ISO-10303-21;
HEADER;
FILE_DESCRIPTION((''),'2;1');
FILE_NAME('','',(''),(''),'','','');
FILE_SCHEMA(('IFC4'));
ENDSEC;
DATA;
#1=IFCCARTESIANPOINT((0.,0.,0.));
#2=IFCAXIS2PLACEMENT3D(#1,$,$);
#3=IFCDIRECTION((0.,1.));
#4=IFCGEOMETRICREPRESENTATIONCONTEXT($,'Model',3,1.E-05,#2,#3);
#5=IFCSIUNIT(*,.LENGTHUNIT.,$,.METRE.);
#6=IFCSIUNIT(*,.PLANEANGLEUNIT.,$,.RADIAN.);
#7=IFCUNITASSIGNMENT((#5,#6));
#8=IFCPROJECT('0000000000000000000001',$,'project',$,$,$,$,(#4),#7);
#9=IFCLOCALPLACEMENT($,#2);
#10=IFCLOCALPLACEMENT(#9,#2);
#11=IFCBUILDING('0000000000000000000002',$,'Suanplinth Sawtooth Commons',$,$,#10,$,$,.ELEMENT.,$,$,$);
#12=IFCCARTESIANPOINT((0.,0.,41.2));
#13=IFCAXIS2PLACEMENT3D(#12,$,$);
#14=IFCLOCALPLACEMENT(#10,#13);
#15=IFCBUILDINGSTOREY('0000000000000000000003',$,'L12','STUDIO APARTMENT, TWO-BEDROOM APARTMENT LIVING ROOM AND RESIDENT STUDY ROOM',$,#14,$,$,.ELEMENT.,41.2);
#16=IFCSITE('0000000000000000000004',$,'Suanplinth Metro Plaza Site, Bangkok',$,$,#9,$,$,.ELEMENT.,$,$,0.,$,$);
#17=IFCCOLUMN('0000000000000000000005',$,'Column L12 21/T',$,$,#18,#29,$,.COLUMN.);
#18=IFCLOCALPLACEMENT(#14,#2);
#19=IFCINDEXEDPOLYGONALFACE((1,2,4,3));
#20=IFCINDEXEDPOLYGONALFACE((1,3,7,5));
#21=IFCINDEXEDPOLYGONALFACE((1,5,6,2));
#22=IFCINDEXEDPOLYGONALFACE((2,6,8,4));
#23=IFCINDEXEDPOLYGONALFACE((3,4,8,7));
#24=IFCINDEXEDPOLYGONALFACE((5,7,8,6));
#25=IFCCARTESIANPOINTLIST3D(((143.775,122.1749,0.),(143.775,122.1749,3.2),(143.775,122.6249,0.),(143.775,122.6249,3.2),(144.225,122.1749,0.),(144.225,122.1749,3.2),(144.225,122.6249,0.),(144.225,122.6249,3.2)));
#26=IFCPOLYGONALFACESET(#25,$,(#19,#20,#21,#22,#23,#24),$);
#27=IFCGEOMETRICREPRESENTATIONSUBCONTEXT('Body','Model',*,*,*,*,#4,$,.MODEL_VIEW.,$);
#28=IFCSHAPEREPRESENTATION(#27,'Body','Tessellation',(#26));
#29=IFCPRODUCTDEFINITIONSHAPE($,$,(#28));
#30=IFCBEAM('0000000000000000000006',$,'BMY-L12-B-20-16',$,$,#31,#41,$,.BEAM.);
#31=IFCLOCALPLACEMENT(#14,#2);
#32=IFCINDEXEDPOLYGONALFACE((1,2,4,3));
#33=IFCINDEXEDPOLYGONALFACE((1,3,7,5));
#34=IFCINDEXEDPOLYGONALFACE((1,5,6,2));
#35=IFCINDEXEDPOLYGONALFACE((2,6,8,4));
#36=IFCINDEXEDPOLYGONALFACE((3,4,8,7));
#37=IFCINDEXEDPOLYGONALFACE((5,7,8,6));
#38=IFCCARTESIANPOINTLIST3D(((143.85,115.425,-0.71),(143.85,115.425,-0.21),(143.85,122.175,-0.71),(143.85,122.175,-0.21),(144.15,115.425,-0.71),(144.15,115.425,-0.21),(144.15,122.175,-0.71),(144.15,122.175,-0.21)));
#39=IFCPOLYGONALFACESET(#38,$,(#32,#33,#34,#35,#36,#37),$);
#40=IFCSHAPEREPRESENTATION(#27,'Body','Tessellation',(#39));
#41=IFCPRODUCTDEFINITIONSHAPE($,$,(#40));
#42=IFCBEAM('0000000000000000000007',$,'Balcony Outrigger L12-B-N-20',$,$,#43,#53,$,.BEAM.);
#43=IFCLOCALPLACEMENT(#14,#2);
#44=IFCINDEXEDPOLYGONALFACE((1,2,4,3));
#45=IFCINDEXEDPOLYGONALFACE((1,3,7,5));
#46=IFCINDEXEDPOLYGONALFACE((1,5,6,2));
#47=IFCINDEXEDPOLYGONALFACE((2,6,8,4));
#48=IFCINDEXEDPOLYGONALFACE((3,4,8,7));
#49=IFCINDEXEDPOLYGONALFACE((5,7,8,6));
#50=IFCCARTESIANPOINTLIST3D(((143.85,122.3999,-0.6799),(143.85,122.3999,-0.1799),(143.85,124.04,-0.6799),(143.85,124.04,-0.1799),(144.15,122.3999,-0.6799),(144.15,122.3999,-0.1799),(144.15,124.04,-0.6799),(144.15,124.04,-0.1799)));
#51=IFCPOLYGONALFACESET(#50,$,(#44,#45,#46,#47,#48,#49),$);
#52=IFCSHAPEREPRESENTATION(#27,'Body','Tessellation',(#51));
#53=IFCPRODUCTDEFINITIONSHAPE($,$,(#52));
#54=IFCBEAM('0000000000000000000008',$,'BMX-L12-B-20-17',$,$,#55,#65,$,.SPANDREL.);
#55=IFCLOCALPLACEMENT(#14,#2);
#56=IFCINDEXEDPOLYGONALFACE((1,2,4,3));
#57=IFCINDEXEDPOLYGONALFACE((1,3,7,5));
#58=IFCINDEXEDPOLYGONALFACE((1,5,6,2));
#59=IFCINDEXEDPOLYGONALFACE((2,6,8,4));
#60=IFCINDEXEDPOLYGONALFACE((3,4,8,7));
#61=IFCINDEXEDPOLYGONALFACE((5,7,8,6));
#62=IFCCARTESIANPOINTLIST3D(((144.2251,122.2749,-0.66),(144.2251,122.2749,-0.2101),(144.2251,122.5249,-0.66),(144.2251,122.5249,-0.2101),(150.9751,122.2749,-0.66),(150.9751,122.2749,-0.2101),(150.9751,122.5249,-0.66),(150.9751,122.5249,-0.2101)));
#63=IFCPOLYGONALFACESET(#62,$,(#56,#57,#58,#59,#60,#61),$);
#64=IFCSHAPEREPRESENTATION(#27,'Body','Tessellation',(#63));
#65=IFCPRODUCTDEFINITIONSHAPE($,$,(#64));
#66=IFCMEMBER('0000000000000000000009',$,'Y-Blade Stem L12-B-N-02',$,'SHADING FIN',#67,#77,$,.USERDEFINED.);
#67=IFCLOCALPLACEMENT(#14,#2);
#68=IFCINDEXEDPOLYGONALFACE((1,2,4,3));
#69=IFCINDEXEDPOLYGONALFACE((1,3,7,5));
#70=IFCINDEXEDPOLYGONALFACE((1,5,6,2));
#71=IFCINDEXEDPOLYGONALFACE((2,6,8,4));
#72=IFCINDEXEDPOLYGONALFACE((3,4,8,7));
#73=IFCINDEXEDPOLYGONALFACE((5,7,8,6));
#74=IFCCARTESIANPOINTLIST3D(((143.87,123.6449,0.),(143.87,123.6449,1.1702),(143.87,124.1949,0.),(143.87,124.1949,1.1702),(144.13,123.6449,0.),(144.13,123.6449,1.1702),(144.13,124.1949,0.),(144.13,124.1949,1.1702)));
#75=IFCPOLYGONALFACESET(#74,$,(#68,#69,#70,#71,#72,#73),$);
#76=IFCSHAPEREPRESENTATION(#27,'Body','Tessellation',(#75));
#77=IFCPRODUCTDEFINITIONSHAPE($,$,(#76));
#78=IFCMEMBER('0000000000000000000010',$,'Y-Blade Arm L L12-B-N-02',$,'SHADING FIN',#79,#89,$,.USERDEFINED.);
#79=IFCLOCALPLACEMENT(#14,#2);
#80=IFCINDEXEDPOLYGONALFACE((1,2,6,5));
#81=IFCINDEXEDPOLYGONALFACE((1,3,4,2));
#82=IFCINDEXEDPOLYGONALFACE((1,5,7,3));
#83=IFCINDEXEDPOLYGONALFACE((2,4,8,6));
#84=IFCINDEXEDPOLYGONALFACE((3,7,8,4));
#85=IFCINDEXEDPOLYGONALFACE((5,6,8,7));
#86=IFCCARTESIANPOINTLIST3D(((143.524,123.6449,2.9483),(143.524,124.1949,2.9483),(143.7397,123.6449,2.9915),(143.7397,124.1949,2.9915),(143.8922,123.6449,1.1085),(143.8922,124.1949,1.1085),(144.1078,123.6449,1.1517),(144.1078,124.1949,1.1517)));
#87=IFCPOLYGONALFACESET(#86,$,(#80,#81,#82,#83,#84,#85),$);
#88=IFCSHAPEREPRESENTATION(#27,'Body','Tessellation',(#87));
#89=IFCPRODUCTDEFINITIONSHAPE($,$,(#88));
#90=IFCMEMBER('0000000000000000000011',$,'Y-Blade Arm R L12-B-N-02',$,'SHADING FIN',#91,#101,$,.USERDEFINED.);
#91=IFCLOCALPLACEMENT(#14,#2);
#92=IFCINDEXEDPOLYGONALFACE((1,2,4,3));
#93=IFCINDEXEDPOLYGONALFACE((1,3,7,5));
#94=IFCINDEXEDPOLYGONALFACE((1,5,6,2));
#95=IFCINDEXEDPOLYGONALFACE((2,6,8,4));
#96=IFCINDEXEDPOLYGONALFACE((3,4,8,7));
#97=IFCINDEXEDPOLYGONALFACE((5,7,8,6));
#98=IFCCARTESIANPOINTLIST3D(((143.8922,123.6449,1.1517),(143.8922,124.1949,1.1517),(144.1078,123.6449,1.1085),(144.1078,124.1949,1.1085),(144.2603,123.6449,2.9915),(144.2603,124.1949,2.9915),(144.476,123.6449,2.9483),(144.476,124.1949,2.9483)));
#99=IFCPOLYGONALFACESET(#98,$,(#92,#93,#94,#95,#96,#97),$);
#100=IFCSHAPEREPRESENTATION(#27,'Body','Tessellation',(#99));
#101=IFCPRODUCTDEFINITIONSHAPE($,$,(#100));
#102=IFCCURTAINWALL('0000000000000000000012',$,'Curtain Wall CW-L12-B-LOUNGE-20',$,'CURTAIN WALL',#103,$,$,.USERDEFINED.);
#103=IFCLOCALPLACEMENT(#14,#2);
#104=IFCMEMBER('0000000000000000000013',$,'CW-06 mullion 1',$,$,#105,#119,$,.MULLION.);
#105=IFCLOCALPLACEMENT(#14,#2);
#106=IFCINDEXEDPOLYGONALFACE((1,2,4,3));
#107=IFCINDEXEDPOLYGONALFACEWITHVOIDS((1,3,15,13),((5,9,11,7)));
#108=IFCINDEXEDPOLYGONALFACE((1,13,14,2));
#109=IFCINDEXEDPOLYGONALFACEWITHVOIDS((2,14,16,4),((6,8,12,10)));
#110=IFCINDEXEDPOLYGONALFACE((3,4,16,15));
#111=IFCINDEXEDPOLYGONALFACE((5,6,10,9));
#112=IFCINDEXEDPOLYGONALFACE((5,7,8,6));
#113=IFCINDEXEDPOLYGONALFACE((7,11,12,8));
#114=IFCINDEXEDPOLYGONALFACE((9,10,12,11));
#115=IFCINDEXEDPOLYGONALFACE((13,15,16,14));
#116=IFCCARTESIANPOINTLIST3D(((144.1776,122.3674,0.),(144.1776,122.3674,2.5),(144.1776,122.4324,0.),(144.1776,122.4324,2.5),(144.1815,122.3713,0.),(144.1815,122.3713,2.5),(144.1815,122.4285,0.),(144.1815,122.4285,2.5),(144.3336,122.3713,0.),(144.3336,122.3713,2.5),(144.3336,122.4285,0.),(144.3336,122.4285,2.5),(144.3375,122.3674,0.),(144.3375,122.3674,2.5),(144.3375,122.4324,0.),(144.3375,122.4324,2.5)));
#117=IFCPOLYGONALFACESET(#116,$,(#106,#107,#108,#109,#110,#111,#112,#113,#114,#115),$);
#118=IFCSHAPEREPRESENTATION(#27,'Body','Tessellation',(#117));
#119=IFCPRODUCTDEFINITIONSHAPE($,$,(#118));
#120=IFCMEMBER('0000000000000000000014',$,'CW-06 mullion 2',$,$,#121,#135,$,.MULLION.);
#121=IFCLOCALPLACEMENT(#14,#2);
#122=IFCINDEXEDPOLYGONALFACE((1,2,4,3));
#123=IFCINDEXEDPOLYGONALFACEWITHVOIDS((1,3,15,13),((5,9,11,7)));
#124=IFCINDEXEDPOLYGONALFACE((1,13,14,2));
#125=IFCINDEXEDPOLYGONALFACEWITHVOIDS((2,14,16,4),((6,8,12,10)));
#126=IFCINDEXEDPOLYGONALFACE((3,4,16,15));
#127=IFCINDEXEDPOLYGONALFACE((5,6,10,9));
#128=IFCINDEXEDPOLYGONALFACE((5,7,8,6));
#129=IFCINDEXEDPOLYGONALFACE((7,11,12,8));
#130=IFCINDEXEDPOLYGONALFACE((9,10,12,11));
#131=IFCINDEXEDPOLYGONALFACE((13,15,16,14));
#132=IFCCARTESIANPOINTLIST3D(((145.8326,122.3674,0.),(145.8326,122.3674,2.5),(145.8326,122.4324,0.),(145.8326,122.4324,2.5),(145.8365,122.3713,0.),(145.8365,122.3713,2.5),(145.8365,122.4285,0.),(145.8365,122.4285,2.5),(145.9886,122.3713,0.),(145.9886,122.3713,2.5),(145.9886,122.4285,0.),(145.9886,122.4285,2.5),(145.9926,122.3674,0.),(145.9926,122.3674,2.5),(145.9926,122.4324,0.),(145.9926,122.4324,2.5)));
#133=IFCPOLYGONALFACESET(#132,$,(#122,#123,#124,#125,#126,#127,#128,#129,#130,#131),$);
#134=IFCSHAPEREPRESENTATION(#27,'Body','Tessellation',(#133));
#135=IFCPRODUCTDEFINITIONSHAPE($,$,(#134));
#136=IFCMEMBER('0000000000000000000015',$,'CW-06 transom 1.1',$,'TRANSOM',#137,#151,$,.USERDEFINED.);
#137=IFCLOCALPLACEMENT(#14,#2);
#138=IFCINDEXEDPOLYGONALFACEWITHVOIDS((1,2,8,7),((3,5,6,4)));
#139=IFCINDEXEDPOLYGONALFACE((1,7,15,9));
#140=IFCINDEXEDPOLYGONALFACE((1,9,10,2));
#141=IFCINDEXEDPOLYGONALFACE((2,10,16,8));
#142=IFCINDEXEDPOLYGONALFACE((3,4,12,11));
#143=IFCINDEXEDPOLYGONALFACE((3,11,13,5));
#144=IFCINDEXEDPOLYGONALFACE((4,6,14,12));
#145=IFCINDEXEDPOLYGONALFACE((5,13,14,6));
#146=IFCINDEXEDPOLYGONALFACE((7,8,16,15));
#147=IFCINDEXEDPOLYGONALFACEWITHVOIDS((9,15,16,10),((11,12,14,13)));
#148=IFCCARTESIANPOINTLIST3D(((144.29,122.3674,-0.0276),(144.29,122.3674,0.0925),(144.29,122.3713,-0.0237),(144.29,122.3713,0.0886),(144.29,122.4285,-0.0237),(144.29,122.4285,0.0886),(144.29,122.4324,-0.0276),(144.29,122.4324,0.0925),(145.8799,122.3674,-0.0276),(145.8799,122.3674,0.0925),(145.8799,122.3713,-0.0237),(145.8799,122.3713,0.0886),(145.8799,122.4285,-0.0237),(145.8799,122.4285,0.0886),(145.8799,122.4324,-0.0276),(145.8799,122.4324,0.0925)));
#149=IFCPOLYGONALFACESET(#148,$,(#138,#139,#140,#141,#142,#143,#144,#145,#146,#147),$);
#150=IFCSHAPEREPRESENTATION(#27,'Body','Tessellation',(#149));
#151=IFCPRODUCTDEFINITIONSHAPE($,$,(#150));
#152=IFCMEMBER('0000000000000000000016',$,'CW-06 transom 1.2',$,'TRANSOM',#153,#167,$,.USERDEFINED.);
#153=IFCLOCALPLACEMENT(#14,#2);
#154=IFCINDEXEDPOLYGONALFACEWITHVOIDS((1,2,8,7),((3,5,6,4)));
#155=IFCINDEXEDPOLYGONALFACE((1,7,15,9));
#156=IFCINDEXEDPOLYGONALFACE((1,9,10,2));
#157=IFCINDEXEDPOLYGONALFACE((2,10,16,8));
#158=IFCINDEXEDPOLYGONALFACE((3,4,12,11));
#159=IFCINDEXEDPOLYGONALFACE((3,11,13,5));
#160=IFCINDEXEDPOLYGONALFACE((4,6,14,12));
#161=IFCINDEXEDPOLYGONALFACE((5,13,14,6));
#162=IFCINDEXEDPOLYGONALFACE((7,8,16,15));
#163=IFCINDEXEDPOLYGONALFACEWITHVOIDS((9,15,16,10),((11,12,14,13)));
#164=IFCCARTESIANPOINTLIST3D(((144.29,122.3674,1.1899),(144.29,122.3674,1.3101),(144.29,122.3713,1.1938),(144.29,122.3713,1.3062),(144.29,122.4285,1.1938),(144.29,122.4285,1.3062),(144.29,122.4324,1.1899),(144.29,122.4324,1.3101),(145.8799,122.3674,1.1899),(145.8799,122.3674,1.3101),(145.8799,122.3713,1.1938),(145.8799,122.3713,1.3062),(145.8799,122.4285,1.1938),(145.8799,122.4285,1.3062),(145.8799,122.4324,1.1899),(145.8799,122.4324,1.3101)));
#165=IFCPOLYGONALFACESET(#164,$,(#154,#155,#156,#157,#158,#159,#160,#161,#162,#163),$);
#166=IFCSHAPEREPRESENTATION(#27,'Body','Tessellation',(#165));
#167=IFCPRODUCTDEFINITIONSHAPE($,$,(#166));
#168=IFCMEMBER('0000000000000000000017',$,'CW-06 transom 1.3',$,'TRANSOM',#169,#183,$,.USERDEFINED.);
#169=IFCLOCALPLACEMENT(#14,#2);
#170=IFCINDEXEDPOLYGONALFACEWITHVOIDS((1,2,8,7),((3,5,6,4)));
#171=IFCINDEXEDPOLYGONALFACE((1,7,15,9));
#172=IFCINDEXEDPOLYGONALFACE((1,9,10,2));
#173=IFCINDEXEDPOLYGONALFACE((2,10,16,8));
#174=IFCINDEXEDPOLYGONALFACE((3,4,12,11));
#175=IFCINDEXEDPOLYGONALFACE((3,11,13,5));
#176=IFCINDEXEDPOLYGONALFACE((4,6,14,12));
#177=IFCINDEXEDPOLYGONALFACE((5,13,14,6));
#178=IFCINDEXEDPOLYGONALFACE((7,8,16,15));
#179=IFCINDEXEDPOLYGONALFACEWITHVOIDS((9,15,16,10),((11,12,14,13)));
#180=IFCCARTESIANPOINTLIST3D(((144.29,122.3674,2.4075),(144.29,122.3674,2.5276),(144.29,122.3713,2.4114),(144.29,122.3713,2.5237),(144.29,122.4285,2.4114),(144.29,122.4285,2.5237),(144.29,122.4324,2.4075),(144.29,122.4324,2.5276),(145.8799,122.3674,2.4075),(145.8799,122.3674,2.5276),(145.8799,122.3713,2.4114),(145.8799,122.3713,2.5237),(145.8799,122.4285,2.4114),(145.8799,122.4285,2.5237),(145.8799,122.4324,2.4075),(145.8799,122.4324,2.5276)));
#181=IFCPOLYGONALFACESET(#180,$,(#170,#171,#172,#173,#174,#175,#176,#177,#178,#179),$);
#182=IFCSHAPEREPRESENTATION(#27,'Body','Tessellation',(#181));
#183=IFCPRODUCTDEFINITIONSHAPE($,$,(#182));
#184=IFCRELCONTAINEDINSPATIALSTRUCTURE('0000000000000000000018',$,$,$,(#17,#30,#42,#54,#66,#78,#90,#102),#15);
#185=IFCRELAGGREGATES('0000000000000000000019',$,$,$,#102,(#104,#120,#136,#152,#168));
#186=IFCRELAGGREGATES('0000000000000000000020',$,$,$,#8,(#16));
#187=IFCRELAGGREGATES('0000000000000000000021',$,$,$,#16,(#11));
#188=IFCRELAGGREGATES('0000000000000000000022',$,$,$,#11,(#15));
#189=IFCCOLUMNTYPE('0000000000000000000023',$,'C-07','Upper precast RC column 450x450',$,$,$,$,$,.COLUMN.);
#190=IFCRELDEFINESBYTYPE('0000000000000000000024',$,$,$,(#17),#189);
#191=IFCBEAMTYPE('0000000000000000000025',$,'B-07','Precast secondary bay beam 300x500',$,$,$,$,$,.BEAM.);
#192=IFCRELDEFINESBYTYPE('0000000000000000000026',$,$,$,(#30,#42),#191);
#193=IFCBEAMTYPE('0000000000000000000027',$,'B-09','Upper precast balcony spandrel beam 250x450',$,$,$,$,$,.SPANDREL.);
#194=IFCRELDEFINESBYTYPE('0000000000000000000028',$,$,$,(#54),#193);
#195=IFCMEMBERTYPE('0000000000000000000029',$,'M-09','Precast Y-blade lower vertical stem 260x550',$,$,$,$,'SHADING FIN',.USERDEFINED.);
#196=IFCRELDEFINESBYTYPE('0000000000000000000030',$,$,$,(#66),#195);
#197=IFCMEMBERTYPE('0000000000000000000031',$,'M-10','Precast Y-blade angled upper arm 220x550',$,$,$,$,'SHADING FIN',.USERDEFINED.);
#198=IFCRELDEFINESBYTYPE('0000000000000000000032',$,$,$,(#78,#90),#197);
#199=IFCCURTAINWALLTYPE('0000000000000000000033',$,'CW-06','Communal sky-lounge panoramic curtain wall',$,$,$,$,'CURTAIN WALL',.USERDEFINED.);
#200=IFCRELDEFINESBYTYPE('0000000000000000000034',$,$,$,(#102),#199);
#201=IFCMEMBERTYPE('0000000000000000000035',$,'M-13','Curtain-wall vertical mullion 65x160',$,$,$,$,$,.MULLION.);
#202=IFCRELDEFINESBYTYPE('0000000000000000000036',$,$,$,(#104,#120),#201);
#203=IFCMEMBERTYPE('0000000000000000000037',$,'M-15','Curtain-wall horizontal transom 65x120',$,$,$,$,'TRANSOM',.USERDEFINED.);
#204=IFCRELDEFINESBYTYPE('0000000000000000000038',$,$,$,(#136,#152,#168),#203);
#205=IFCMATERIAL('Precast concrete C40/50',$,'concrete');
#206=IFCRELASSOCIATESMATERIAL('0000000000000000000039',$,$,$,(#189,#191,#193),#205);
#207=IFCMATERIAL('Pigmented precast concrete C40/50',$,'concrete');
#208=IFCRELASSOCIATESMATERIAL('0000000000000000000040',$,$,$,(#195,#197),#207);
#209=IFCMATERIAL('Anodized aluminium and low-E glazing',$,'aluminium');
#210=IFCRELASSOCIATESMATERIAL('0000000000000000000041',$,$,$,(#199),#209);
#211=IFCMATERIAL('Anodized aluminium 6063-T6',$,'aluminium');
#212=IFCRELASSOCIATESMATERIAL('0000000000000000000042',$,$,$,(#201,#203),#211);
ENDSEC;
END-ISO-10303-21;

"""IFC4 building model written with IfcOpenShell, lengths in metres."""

from ifc_helpers import new_model, si_unit, direction, frame, origin, origin_2d, place, context, subcontext, project, spatial, rectangle, hollow_rectangle, extrude, material, material_profile, profile_set, type_object, element, aggregate, save


model = new_model("IFC4")

# Units and contexts
model_context = context("Model", 3, precision=1e-05, world=origin(), true_north=direction((0.0, 1.0)))
body_context = subcontext(model_context, "Body", "Model", "MODEL_VIEW")
ifc_project = project(units=[si_unit("LENGTHUNIT", "METRE"), si_unit("PLANEANGLEUNIT", "RADIAN")], contexts=[model_context])

# Site, building, storey
site_placement = place(None, origin())
site = spatial("IfcSite", under=ifc_project, at=site_placement, Name="Suanplinth Metro Plaza Site, Bangkok", CompositionType="ELEMENT", RefElevation=0.0)
building_placement = place(site_placement, origin())
building = spatial("IfcBuilding", under=site, at=building_placement, Name="Suanplinth Sawtooth Commons", CompositionType="ELEMENT")
storey_placement = place(building_placement, frame((0.0, 0.0, 41.2)))
storey = spatial("IfcBuildingStorey", under=building, at=storey_placement, Name="L12", Description="STUDIO APARTMENT, TWO-BEDROOM APARTMENT LIVING ROOM AND RESIDENT STUDY ROOM", CompositionType="ELEMENT", Elevation=41.2)

# Column
ifc_material_1 = material(Name="Precast concrete C40/50", Category="concrete")
ifc_material_profile_1 = material_profile(ifc_material_1, rectangle(XDim=0.45, YDim=0.45, at=origin_2d()), Name="PC-COL 450x450")
ifc_profile_set_1 = profile_set([ifc_material_profile_1], Name="Precast concrete C40/50")
column_type = type_object("IfcColumnType", Name="C-07", Description="Upper precast RC column 450x450", PredefinedType="COLUMN", material=ifc_profile_set_1)
column_placement = place(storey_placement, frame((144.0, 122.3999, 0.0), z_axis=(0.0, 0.0, 1.0), x_axis=(1.0, 0.0, 0.0)))
element("IfcColumn", 1, at=column_placement, inside=storey, type_object=column_type, Name="Column L12 21/T", PredefinedType="COLUMN", context=body_context, shape_type="SweptSolid", body=[
    extrude(rectangle(XDim=0.45, YDim=0.45, at=origin_2d()), origin(), (0.0, 0.0, 1.0), 3.2),
])

# Beams
ifc_material_profile_2 = material_profile(ifc_material_1, rectangle(XDim=0.3, YDim=0.5, at=origin_2d()), Name="PC-BM 300x500")
ifc_profile_set_2 = profile_set([ifc_material_profile_2], Name="Precast concrete C40/50")
beam_type_1 = type_object("IfcBeamType", Name="B-07", Description="Precast secondary bay beam 300x500", PredefinedType="BEAM", material=ifc_profile_set_2)
beam_1_placement = place(storey_placement, frame((144.0, 115.425, -0.46), z_axis=(0.0, 1.0, 0.0), x_axis=(-1.0, 0.0, 0.0)))
element("IfcBeam", 2, at=beam_1_placement, inside=storey, type_object=beam_type_1, Name="BMY-L12-B-20-16", PredefinedType="BEAM", context=body_context, shape_type="SweptSolid", body=[
    extrude(rectangle(XDim=0.3, YDim=0.5, at=origin_2d()), origin(), (0.0, 0.0, 1.0), 6.75),
])
beam_2_placement = place(storey_placement, frame((144.0, 122.3999, -0.4299), z_axis=(0.0, 1.0, 0.0), x_axis=(-1.0, 0.0, 0.0)))
element("IfcBeam", 3, at=beam_2_placement, inside=storey, type_object=beam_type_1, Name="Balcony Outrigger L12-B-N-20", PredefinedType="BEAM", context=body_context, shape_type="SweptSolid", body=[
    extrude(rectangle(XDim=0.3, YDim=0.5, at=origin_2d()), origin(), (0.0, 0.0, 1.0), 1.6401),
])
ifc_material_profile_3 = material_profile(ifc_material_1, rectangle(XDim=0.25, YDim=0.45, at=origin_2d()), Name="PC-SP 250x450")
ifc_profile_set_3 = profile_set([ifc_material_profile_3], Name="Precast concrete C40/50")
beam_type_2 = type_object("IfcBeamType", Name="B-09", Description="Upper precast balcony spandrel beam 250x450", PredefinedType="SPANDREL", material=ifc_profile_set_3)
beam_3_placement = place(storey_placement, frame((144.2251, 122.3999, -0.4351), z_axis=(1.0, 0.0, 0.0), x_axis=(0.0, 1.0, 0.0)))
element("IfcBeam", 4, at=beam_3_placement, inside=storey, type_object=beam_type_2, Name="BMX-L12-B-20-17", PredefinedType="SPANDREL", context=body_context, shape_type="SweptSolid", body=[
    extrude(rectangle(XDim=0.25, YDim=0.45, at=origin_2d()), origin(), (0.0, 0.0, 1.0), 6.75),
])

# Members
ifc_material_2 = material(Name="Pigmented precast concrete C40/50", Category="concrete")
ifc_material_profile_4 = material_profile(ifc_material_2, rectangle(XDim=0.26, YDim=0.55, at=origin_2d()), Name="PC-FIN 260x550")
ifc_profile_set_4 = profile_set([ifc_material_profile_4], Name="Pigmented precast concrete C40/50")
member_type_1 = type_object("IfcMemberType", Name="M-09", Description="Precast Y-blade lower vertical stem 260x550", ElementType="SHADING FIN", PredefinedType="USERDEFINED", material=ifc_profile_set_4)
member_1_placement = place(storey_placement, frame((144.0, 123.9199, 0.0), z_axis=(0.0, 0.0, 1.0), x_axis=(1.0, 0.0, 0.0)))
element("IfcMember", 5, at=member_1_placement, inside=storey, type_object=member_type_1, Name="Y-Blade Stem L12-B-N-02", ObjectType="SHADING FIN", PredefinedType="USERDEFINED", context=body_context, shape_type="SweptSolid", body=[
    extrude(rectangle(XDim=0.26, YDim=0.55, at=origin_2d()), origin(), (0.0, 0.0, 1.0), 1.1702),
])
ifc_material_profile_5 = material_profile(ifc_material_2, rectangle(XDim=0.22, YDim=0.55, at=origin_2d()), Name="PC-FIN 220x550")
ifc_profile_set_5 = profile_set([ifc_material_profile_5], Name="Pigmented precast concrete C40/50")
member_type_2 = type_object("IfcMemberType", Name="M-10", Description="Precast Y-blade angled upper arm 220x550", ElementType="SHADING FIN", PredefinedType="USERDEFINED", material=ifc_profile_set_5)
for number, where, z_axis, x_axis, name in (
    (6, (144.0, 123.9199, 1.1301), (-0.196216, 0.0, 0.980561), (0.980561, 0.0, 0.196216), "Y-Blade Arm L L12-B-N-02"),
    (7, (144.0, 123.9199, 1.1301), (0.196216, 0.0, 0.980561), (-0.980561, 0.0, 0.196216), "Y-Blade Arm R L12-B-N-02"),
):
    element("IfcMember", number, at=place(storey_placement, frame(where, z_axis=z_axis, x_axis=x_axis)), inside=storey, type_object=member_type_2, Name=name, ObjectType="SHADING FIN", PredefinedType="USERDEFINED", context=body_context, shape_type="SweptSolid", body=[
        extrude(rectangle(XDim=0.22, YDim=0.55, at=origin_2d()), origin(), (0.0, 0.0, 1.0), 1.8762),
    ])

# Curtain wall, members
ifc_material_3 = material(Name="Anodized aluminium and low-E glazing", Category="aluminium")
curtain_wall_type = type_object("IfcCurtainWallType", Name="CW-06", Description="Communal sky-lounge panoramic curtain wall", ElementType="CURTAIN WALL", PredefinedType="USERDEFINED", material=ifc_material_3)
curtain_wall_placement = place(storey_placement, origin())
curtain_wall = element("IfcCurtainWall", 8, at=curtain_wall_placement, inside=storey, type_object=curtain_wall_type, Name="Curtain Wall CW-L12-B-LOUNGE-20", ObjectType="CURTAIN WALL", PredefinedType="USERDEFINED")
ifc_material_4 = material(Name="Anodized aluminium 6063-T6", Category="aluminium")
ifc_material_profile_6 = material_profile(ifc_material_4, hollow_rectangle(XDim=0.0649, YDim=0.1599, WallThickness=0.0039, at=origin_2d()), Name="ALU-MUL 65x160")
ifc_profile_set_6 = profile_set([ifc_material_profile_6], Name="Anodized aluminium 6063-T6")
member_type_3 = type_object("IfcMemberType", Name="M-13", Description="Curtain-wall vertical mullion 65x160", PredefinedType="MULLION", material=ifc_profile_set_6)
member_2_placement = place(storey_placement, frame((144.2576, 122.3999, 0.0), z_axis=(0.0, 0.0, 1.0), x_axis=(0.0, 1.0, 0.0)))
member_2 = element("IfcMember", 9, at=member_2_placement, type_object=member_type_3, Name="CW-06 mullion 1", PredefinedType="MULLION", context=body_context, shape_type="SweptSolid", body=[
    extrude(hollow_rectangle(XDim=0.0649, YDim=0.1599, WallThickness=0.0039, at=origin_2d()), origin(), (0.0, 0.0, 1.0), 2.5),
])
member_3_placement = place(storey_placement, frame((145.9126, 122.3999, 0.0), z_axis=(0.0, 0.0, 1.0), x_axis=(0.0, 1.0, 0.0)))
member_3 = element("IfcMember", 10, at=member_3_placement, type_object=member_type_3, Name="CW-06 mullion 2", PredefinedType="MULLION", context=body_context, shape_type="SweptSolid", body=[
    extrude(hollow_rectangle(XDim=0.0649, YDim=0.1599, WallThickness=0.0039, at=origin_2d()), origin(), (0.0, 0.0, 1.0), 2.5),
])
ifc_material_profile_7 = material_profile(ifc_material_4, hollow_rectangle(XDim=0.0649, YDim=0.1201, WallThickness=0.0039, at=origin_2d()), Name="ALU-TRN 65x120")
ifc_profile_set_7 = profile_set([ifc_material_profile_7], Name="Anodized aluminium 6063-T6")
member_type_4 = type_object("IfcMemberType", Name="M-15", Description="Curtain-wall horizontal transom 65x120", ElementType="TRANSOM", PredefinedType="USERDEFINED", material=ifc_profile_set_7)
member_4_placement = place(storey_placement, frame((144.29, 122.3999, 0.0325), z_axis=(1.0, 0.0, 0.0), x_axis=(0.0, 1.0, 0.0)))
member_4 = element("IfcMember", 11, at=member_4_placement, type_object=member_type_4, Name="CW-06 transom 1.1", ObjectType="TRANSOM", PredefinedType="USERDEFINED", context=body_context, shape_type="SweptSolid", body=[
    extrude(hollow_rectangle(XDim=0.0649, YDim=0.1201, WallThickness=0.0039, at=origin_2d()), origin(), (0.0, 0.0, 1.0), 1.5898),
])
member_5_placement = place(storey_placement, frame((144.29, 122.3999, 1.25), z_axis=(1.0, 0.0, 0.0), x_axis=(0.0, 1.0, 0.0)))
member_5 = element("IfcMember", 12, at=member_5_placement, type_object=member_type_4, Name="CW-06 transom 1.2", ObjectType="TRANSOM", PredefinedType="USERDEFINED", context=body_context, shape_type="SweptSolid", body=[
    extrude(hollow_rectangle(XDim=0.0649, YDim=0.1201, WallThickness=0.0039, at=origin_2d()), origin(), (0.0, 0.0, 1.0), 1.5898),
])
member_6_placement = place(storey_placement, frame((144.29, 122.3999, 2.4675), z_axis=(1.0, 0.0, 0.0), x_axis=(0.0, 1.0, 0.0)))
member_6 = element("IfcMember", 13, at=member_6_placement, type_object=member_type_4, Name="CW-06 transom 1.3", ObjectType="TRANSOM", PredefinedType="USERDEFINED", context=body_context, shape_type="SweptSolid", body=[
    extrude(hollow_rectangle(XDim=0.0649, YDim=0.1201, WallThickness=0.0039, at=origin_2d()), origin(), (0.0, 0.0, 1.0), 1.5898),
])

aggregate(curtain_wall, [member_2, member_3, member_4, member_5, member_6])

save(model, "model.ifc")
